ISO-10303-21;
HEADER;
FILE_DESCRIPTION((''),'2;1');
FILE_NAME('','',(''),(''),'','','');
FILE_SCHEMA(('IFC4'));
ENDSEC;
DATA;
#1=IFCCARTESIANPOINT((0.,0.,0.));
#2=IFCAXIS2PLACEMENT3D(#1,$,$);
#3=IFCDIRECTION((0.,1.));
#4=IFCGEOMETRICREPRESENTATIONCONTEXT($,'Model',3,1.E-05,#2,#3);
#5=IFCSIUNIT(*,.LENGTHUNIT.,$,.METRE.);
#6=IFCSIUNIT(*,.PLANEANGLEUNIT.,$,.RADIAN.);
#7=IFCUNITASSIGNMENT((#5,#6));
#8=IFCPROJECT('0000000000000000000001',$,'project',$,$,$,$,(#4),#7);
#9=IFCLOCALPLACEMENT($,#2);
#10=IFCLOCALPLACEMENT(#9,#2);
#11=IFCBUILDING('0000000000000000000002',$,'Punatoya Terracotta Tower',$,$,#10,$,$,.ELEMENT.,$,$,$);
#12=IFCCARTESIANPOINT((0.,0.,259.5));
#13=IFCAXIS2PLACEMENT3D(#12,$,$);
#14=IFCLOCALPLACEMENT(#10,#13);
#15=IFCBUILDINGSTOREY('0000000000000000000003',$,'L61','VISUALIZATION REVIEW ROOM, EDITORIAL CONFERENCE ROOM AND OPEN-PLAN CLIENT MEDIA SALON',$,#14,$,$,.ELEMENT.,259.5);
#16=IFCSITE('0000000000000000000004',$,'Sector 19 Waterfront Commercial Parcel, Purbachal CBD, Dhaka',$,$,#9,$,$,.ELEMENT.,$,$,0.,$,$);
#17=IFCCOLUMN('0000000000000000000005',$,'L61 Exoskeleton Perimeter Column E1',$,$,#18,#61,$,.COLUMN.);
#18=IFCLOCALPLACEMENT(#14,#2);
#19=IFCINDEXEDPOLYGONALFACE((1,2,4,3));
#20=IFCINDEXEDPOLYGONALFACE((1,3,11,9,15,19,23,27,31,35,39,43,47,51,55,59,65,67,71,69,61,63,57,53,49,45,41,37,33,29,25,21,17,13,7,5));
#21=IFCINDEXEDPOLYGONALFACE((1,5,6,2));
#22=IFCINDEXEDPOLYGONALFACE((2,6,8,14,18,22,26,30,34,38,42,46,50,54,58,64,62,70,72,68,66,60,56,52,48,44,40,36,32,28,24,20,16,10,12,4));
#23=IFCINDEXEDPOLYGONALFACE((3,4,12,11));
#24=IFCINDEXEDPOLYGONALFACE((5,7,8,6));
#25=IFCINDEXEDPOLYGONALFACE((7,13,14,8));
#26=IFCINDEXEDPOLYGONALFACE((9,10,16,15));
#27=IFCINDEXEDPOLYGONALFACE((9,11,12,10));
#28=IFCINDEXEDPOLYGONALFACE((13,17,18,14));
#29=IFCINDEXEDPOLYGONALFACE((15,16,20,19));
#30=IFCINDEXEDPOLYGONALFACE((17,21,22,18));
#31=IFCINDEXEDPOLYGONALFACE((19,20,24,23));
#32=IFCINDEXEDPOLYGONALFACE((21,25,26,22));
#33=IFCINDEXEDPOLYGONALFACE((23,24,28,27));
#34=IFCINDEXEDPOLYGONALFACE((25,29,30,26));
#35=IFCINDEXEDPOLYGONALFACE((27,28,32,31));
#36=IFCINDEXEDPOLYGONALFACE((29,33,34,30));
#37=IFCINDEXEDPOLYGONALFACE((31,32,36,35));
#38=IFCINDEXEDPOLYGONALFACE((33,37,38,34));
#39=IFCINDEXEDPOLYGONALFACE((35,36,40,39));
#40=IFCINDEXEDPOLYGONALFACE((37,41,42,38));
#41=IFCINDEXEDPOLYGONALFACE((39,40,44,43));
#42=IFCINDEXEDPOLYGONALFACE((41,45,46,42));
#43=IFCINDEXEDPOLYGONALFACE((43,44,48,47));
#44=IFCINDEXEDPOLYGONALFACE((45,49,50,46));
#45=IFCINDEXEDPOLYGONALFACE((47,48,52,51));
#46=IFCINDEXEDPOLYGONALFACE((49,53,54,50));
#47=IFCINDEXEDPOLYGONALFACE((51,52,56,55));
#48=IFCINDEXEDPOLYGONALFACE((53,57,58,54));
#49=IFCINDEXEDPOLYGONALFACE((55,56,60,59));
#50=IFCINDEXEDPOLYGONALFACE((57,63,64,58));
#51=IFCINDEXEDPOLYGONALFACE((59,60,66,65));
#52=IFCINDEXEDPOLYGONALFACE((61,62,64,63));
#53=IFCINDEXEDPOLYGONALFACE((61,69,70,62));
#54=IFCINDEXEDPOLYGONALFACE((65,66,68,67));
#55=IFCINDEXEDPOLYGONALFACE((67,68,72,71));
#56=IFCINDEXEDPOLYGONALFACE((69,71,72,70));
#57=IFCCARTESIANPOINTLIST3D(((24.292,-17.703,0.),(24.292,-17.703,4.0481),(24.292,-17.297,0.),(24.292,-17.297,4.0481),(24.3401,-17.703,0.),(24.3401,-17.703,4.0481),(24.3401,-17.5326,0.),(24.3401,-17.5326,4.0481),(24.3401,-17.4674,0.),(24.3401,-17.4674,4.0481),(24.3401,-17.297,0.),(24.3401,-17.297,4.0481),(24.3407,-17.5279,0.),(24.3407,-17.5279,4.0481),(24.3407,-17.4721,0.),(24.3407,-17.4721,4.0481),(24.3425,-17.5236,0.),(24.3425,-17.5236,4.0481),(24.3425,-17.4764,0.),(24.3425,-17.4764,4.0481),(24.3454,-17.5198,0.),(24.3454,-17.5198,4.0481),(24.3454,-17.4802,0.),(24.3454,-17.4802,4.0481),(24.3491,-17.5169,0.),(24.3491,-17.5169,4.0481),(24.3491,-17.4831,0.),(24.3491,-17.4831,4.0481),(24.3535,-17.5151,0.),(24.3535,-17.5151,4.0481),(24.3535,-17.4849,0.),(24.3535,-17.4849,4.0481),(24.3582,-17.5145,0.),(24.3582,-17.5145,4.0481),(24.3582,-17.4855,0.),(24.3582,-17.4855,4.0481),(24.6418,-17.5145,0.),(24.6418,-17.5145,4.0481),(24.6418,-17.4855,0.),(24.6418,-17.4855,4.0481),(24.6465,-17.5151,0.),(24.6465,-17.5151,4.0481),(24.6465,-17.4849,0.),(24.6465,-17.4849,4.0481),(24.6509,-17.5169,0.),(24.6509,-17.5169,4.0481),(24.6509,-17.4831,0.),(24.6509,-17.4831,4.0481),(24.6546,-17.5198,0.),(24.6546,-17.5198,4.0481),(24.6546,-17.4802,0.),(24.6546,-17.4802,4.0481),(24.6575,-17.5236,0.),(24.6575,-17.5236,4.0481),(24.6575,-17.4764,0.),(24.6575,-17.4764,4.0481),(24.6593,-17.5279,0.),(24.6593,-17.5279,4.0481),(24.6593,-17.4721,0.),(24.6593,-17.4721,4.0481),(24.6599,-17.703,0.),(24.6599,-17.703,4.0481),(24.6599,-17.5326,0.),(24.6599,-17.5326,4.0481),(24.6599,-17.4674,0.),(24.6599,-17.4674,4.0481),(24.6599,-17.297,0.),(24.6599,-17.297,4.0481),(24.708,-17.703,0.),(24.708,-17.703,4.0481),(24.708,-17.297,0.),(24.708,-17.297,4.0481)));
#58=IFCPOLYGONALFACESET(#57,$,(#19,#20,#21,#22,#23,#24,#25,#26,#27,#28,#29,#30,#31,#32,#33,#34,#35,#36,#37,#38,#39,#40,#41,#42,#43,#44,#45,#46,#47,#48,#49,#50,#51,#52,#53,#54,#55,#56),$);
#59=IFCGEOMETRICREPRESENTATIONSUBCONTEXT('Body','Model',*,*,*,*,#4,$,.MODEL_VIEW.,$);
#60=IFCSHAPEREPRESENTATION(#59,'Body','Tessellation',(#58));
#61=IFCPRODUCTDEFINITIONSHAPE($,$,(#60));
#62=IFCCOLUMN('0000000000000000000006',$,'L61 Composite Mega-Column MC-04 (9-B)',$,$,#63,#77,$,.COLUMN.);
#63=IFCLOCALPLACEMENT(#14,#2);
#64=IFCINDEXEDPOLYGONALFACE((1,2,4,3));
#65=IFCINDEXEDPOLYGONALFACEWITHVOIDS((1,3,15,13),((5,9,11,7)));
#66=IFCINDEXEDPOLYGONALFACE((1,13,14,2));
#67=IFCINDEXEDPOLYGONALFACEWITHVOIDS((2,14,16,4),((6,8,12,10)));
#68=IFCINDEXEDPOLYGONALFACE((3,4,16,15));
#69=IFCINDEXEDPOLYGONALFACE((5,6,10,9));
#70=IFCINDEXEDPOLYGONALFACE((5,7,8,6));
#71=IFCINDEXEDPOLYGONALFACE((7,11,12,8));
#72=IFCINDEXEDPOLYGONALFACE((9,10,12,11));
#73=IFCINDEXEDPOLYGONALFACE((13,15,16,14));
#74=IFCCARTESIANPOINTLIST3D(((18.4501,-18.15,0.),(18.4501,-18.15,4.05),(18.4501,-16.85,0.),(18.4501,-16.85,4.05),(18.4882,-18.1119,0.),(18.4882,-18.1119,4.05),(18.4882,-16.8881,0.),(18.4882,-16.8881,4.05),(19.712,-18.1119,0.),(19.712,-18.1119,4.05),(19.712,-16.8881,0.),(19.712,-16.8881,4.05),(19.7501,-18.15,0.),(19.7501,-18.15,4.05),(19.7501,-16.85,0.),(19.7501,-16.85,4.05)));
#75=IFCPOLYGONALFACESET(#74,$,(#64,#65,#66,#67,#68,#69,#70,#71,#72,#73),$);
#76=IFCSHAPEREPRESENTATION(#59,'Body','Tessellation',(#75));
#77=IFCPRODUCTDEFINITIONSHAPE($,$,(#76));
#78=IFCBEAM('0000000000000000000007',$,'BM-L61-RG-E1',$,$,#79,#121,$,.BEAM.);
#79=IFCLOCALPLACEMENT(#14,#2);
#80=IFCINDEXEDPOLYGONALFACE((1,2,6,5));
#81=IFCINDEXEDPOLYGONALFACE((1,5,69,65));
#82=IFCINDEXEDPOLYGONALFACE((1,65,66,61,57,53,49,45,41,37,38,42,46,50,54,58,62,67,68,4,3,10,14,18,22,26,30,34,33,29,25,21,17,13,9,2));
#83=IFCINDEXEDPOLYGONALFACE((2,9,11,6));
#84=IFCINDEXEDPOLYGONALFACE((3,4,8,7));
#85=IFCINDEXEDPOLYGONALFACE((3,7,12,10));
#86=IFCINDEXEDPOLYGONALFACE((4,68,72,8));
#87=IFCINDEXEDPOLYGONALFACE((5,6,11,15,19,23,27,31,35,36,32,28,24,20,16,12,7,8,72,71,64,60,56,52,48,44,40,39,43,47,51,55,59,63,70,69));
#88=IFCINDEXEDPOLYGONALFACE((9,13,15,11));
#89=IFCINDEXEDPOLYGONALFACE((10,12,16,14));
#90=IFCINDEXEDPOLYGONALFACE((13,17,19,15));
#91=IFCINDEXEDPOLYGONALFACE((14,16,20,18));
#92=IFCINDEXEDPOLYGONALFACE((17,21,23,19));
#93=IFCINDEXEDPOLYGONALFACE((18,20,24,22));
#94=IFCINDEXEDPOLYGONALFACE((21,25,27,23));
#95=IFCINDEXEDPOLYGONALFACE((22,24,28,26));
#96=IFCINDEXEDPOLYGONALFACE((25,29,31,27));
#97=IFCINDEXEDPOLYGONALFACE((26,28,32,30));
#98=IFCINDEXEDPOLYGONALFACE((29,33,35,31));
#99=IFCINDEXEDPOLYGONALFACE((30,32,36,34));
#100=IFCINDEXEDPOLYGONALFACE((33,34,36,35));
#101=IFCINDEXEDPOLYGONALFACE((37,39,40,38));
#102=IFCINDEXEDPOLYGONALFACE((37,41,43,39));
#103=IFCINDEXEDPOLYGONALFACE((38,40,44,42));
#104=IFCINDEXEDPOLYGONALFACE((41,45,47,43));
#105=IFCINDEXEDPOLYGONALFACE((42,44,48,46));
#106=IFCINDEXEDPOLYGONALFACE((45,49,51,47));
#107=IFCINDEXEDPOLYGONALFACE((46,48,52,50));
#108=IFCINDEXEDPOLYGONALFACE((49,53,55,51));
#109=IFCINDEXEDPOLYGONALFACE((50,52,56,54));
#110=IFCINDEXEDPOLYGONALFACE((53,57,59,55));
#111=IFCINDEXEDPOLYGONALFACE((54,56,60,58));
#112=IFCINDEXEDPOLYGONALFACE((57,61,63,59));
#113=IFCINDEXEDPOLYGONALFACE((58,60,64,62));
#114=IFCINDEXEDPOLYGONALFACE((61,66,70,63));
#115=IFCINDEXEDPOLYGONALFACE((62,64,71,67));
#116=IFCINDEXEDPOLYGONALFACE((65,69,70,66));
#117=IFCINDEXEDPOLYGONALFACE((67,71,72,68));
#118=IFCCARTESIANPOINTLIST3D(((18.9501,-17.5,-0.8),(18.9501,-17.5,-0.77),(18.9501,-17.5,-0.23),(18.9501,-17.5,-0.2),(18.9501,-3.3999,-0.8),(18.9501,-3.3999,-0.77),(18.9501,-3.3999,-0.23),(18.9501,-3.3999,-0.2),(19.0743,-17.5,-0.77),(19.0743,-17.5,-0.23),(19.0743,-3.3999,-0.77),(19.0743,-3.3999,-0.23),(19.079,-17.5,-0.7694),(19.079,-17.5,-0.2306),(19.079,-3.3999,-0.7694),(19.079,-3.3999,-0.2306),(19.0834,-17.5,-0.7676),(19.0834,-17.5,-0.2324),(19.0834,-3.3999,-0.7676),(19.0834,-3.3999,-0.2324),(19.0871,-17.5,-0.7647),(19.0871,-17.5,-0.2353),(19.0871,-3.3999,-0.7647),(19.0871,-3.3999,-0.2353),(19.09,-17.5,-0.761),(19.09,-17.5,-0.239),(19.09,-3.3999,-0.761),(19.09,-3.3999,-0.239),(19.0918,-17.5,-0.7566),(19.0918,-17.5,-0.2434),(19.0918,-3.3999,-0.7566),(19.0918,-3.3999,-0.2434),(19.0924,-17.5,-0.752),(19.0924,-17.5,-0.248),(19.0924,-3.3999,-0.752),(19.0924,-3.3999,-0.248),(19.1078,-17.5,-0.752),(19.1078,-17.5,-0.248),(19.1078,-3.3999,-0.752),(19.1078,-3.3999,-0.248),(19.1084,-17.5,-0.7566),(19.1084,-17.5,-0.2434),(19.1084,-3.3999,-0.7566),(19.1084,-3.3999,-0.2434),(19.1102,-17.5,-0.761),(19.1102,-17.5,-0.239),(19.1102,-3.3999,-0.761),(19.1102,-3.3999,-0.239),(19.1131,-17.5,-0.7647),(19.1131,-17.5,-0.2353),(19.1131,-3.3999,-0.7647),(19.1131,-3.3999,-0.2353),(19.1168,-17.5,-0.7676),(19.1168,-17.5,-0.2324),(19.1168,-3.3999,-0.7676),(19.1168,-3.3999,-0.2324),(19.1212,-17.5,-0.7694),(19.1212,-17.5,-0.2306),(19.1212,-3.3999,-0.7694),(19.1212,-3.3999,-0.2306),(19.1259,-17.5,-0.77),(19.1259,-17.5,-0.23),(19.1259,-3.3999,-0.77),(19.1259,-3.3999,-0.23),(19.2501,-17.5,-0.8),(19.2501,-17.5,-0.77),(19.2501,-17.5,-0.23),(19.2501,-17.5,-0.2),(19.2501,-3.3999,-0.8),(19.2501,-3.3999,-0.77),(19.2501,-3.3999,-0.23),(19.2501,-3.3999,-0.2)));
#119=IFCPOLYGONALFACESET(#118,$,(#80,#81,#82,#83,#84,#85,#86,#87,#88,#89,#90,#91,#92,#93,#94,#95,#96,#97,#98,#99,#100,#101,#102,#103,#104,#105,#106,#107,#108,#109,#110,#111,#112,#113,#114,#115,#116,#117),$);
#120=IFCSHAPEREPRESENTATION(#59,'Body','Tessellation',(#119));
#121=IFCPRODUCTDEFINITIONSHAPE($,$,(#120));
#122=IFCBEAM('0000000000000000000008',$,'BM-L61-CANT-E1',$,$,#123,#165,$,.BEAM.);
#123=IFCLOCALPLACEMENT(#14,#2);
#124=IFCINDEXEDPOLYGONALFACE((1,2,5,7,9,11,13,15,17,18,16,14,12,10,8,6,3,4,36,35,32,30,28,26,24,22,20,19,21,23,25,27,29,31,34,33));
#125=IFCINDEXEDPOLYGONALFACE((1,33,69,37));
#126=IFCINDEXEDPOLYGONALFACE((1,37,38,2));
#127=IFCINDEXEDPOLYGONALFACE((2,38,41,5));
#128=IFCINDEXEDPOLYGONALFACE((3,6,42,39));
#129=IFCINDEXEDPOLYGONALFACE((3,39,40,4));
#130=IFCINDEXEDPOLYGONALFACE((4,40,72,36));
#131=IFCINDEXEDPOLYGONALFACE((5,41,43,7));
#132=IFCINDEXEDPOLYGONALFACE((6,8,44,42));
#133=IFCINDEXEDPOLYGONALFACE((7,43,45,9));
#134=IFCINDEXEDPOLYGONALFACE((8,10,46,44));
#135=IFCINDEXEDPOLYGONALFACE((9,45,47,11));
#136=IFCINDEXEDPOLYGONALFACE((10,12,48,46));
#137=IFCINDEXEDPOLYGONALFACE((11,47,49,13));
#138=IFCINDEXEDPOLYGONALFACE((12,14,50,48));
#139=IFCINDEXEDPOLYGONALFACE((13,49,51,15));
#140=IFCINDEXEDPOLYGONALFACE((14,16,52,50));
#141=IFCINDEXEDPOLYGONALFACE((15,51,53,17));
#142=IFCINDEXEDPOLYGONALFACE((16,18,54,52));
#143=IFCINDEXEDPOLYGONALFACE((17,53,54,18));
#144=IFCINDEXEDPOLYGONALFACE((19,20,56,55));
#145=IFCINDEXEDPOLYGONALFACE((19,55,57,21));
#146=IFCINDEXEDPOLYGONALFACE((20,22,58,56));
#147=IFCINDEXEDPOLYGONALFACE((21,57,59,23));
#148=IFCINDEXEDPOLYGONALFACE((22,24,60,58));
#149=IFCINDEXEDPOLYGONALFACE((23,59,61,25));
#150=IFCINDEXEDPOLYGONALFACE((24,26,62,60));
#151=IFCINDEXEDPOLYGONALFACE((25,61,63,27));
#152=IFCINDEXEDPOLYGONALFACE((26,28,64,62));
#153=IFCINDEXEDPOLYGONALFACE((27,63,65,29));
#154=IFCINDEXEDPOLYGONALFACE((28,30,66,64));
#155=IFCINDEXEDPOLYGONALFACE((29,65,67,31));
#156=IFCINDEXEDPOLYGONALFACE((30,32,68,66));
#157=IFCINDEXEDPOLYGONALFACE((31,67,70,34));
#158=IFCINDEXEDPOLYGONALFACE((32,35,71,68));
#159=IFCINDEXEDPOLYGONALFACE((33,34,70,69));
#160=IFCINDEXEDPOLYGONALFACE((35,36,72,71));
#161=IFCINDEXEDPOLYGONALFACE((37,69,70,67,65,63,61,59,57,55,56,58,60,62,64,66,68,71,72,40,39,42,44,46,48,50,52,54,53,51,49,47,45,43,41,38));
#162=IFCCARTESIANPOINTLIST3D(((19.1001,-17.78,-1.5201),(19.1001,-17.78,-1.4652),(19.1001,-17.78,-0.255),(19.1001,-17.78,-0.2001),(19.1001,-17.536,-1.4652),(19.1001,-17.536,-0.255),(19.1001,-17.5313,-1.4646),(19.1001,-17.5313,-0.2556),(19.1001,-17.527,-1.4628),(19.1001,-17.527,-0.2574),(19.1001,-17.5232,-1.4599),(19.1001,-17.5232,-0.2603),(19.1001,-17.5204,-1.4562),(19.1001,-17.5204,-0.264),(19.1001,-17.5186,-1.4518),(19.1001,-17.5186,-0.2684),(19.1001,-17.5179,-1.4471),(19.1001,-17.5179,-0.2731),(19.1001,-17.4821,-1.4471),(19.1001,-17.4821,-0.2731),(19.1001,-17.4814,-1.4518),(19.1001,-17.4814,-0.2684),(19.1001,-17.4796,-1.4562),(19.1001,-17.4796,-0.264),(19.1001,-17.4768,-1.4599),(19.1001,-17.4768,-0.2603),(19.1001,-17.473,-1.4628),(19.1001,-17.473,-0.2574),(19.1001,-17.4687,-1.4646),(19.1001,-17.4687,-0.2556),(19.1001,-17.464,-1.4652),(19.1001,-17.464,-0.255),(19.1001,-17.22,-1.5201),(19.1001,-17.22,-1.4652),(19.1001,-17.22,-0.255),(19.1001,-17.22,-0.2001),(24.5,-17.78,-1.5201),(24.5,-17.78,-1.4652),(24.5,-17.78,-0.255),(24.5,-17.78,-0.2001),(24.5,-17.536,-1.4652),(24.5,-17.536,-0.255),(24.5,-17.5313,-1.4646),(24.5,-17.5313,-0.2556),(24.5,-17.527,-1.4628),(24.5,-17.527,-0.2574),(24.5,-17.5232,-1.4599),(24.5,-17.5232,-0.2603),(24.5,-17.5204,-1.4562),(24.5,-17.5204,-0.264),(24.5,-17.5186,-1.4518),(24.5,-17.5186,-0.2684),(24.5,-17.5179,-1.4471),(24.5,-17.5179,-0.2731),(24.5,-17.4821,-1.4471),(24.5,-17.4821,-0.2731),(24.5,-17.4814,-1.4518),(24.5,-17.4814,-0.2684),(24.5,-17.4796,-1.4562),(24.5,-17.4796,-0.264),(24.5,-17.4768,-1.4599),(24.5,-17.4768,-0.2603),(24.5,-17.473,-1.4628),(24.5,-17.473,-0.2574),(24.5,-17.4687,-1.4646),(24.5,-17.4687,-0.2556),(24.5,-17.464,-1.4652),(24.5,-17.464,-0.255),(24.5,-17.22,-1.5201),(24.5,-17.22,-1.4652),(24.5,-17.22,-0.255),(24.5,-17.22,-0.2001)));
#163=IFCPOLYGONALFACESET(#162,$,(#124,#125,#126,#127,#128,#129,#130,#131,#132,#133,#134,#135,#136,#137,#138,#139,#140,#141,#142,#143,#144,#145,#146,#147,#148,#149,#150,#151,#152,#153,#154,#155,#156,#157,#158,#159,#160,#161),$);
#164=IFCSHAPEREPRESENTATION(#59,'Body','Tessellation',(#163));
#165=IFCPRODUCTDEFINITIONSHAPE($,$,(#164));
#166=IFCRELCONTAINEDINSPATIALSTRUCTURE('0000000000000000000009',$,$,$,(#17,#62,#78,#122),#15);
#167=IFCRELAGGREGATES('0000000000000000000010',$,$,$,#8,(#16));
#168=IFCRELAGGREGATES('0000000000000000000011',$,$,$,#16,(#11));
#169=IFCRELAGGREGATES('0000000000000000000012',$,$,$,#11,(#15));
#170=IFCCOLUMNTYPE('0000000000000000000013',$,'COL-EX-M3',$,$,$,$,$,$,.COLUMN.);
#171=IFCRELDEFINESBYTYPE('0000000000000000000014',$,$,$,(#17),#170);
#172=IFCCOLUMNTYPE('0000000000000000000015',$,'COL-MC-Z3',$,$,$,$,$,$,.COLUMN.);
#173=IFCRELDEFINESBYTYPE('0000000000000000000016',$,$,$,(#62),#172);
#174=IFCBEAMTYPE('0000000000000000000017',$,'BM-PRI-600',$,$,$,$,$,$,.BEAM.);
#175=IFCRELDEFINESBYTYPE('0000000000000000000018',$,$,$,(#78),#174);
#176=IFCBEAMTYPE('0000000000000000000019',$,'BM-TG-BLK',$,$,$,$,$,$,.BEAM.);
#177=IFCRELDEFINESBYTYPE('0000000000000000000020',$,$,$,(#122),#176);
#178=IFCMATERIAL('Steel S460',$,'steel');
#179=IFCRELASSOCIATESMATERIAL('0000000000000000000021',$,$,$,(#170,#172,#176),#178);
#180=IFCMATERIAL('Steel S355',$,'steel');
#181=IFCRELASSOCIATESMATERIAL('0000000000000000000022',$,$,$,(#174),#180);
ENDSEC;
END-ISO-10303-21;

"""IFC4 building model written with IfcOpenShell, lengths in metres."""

from ifc_helpers import new_model, si_unit, direction, frame, origin, origin_2d, place, context, subcontext, project, spatial, hollow_rectangle, i_section, extrude, material, material_profile, profile_set, type_object, element, save


model = new_model("IFC4")

# Units and contexts
model_context = context("Model", 3, precision=1e-05, world=origin(), true_north=direction((0.0, 1.0)))
body_context = subcontext(model_context, "Body", "Model", "MODEL_VIEW")
ifc_project = project(units=[si_unit("LENGTHUNIT", "METRE"), si_unit("PLANEANGLEUNIT", "RADIAN")], contexts=[model_context])

# Site, building, storey
site_placement = place(None, origin())
site = spatial("IfcSite", under=ifc_project, at=site_placement, Name="Sector 19 Waterfront Commercial Parcel, Purbachal CBD, Dhaka", CompositionType="ELEMENT", RefElevation=0.0)
building_placement = place(site_placement, origin())
building = spatial("IfcBuilding", under=site, at=building_placement, Name="Punatoya Terracotta Tower", CompositionType="ELEMENT")
storey_placement = place(building_placement, frame((0.0, 0.0, 259.5)))
storey = spatial("IfcBuildingStorey", under=building, at=storey_placement, Name="L61", Description="VISUALIZATION REVIEW ROOM, EDITORIAL CONFERENCE ROOM AND OPEN-PLAN CLIENT MEDIA SALON", CompositionType="ELEMENT", Elevation=259.5)

# Columns
ifc_material_1 = material(Name="Steel S460", Category="steel")
ifc_material_profile_1 = material_profile(ifc_material_1, i_section(OverallWidth=0.406, OverallDepth=0.416, WebThickness=0.0291, FlangeThickness=0.0481, FilletRadius=0.0181, at=origin_2d()))
ifc_profile_set_1 = profile_set([ifc_material_profile_1], Name="Steel S460")
column_type_1 = type_object("IfcColumnType", Name="COL-EX-M3", PredefinedType="COLUMN", material=ifc_profile_set_1)
column_1_placement = place(storey_placement, frame((24.5, -17.5, 0.0), z_axis=(0.0, 0.0, 1.0), x_axis=(0.0, 1.0, 0.0)))
element("IfcColumn", 1, at=column_1_placement, inside=storey, type_object=column_type_1, Name="L61 Exoskeleton Perimeter Column E1", PredefinedType="COLUMN", context=body_context, shape_type="SweptSolid", body=[
    extrude(i_section(OverallWidth=0.406, OverallDepth=0.416, WebThickness=0.0291, FlangeThickness=0.0481, FilletRadius=0.0181, at=origin_2d()), origin(), (0.0, 0.0, 1.0), 4.0481),
])
ifc_material_profile_2 = material_profile(ifc_material_1, hollow_rectangle(XDim=1.3, YDim=1.3, WallThickness=0.0381, at=origin_2d()))
ifc_profile_set_2 = profile_set([ifc_material_profile_2], Name="Steel S460")
column_type_2 = type_object("IfcColumnType", Name="COL-MC-Z3", PredefinedType="COLUMN", material=ifc_profile_set_2)
column_2_placement = place(storey_placement, frame((19.1001, -17.5, 0.0), z_axis=(0.0, 0.0, 1.0), x_axis=(1.0, 0.0, 0.0)))
element("IfcColumn", 2, at=column_2_placement, inside=storey, type_object=column_type_2, Name="L61 Composite Mega-Column MC-04 (9-B)", PredefinedType="COLUMN", context=body_context, shape_type="SweptSolid", body=[
    extrude(hollow_rectangle(XDim=1.3, YDim=1.3, WallThickness=0.0381, at=origin_2d()), origin(), (0.0, 0.0, 1.0), 4.05),
])

# Beams
ifc_material_2 = material(Name="Steel S355", Category="steel")
ifc_material_profile_3 = material_profile(ifc_material_2, i_section(OverallWidth=0.3, OverallDepth=0.6001, WebThickness=0.0154, FlangeThickness=0.03, FilletRadius=0.0181, at=origin_2d()))
ifc_profile_set_3 = profile_set([ifc_material_profile_3], Name="Steel S355")
beam_type_1 = type_object("IfcBeamType", Name="BM-PRI-600", PredefinedType="BEAM", material=ifc_profile_set_3)
beam_1_placement = place(storey_placement, frame((19.1001, -17.5, -0.5), z_axis=(0.0, 1.0, 0.0), x_axis=(-1.0, 0.0, 0.0)))
element("IfcBeam", 3, at=beam_1_placement, inside=storey, type_object=beam_type_1, Name="BM-L61-RG-E1", PredefinedType="BEAM", context=body_context, shape_type="SweptSolid", body=[
    extrude(i_section(OverallWidth=0.3, OverallDepth=0.6001, WebThickness=0.0154, FlangeThickness=0.03, FilletRadius=0.0181, at=origin_2d()), origin(), (0.0, 0.0, 1.0), 14.1001),
])
ifc_material_profile_4 = material_profile(ifc_material_1, i_section(OverallWidth=0.5601, OverallDepth=1.3201, WebThickness=0.0359, FlangeThickness=0.0549, FilletRadius=0.0181, at=origin_2d()))
ifc_profile_set_4 = profile_set([ifc_material_profile_4], Name="Steel S460")
beam_type_2 = type_object("IfcBeamType", Name="BM-TG-BLK", PredefinedType="BEAM", material=ifc_profile_set_4)
beam_2_placement = place(storey_placement, frame((19.1001, -17.5, -0.8601), z_axis=(1.0, 0.0, 0.0), x_axis=(0.0, 1.0, 0.0)))
element("IfcBeam", 4, at=beam_2_placement, inside=storey, type_object=beam_type_2, Name="BM-L61-CANT-E1", PredefinedType="BEAM", context=body_context, shape_type="SweptSolid", body=[
    extrude(i_section(OverallWidth=0.5601, OverallDepth=1.3201, WebThickness=0.0359, FlangeThickness=0.0549, FilletRadius=0.0181, at=origin_2d()), origin(), (0.0, 0.0, 1.0), 5.3999),
])

save(model, "model.ifc")
